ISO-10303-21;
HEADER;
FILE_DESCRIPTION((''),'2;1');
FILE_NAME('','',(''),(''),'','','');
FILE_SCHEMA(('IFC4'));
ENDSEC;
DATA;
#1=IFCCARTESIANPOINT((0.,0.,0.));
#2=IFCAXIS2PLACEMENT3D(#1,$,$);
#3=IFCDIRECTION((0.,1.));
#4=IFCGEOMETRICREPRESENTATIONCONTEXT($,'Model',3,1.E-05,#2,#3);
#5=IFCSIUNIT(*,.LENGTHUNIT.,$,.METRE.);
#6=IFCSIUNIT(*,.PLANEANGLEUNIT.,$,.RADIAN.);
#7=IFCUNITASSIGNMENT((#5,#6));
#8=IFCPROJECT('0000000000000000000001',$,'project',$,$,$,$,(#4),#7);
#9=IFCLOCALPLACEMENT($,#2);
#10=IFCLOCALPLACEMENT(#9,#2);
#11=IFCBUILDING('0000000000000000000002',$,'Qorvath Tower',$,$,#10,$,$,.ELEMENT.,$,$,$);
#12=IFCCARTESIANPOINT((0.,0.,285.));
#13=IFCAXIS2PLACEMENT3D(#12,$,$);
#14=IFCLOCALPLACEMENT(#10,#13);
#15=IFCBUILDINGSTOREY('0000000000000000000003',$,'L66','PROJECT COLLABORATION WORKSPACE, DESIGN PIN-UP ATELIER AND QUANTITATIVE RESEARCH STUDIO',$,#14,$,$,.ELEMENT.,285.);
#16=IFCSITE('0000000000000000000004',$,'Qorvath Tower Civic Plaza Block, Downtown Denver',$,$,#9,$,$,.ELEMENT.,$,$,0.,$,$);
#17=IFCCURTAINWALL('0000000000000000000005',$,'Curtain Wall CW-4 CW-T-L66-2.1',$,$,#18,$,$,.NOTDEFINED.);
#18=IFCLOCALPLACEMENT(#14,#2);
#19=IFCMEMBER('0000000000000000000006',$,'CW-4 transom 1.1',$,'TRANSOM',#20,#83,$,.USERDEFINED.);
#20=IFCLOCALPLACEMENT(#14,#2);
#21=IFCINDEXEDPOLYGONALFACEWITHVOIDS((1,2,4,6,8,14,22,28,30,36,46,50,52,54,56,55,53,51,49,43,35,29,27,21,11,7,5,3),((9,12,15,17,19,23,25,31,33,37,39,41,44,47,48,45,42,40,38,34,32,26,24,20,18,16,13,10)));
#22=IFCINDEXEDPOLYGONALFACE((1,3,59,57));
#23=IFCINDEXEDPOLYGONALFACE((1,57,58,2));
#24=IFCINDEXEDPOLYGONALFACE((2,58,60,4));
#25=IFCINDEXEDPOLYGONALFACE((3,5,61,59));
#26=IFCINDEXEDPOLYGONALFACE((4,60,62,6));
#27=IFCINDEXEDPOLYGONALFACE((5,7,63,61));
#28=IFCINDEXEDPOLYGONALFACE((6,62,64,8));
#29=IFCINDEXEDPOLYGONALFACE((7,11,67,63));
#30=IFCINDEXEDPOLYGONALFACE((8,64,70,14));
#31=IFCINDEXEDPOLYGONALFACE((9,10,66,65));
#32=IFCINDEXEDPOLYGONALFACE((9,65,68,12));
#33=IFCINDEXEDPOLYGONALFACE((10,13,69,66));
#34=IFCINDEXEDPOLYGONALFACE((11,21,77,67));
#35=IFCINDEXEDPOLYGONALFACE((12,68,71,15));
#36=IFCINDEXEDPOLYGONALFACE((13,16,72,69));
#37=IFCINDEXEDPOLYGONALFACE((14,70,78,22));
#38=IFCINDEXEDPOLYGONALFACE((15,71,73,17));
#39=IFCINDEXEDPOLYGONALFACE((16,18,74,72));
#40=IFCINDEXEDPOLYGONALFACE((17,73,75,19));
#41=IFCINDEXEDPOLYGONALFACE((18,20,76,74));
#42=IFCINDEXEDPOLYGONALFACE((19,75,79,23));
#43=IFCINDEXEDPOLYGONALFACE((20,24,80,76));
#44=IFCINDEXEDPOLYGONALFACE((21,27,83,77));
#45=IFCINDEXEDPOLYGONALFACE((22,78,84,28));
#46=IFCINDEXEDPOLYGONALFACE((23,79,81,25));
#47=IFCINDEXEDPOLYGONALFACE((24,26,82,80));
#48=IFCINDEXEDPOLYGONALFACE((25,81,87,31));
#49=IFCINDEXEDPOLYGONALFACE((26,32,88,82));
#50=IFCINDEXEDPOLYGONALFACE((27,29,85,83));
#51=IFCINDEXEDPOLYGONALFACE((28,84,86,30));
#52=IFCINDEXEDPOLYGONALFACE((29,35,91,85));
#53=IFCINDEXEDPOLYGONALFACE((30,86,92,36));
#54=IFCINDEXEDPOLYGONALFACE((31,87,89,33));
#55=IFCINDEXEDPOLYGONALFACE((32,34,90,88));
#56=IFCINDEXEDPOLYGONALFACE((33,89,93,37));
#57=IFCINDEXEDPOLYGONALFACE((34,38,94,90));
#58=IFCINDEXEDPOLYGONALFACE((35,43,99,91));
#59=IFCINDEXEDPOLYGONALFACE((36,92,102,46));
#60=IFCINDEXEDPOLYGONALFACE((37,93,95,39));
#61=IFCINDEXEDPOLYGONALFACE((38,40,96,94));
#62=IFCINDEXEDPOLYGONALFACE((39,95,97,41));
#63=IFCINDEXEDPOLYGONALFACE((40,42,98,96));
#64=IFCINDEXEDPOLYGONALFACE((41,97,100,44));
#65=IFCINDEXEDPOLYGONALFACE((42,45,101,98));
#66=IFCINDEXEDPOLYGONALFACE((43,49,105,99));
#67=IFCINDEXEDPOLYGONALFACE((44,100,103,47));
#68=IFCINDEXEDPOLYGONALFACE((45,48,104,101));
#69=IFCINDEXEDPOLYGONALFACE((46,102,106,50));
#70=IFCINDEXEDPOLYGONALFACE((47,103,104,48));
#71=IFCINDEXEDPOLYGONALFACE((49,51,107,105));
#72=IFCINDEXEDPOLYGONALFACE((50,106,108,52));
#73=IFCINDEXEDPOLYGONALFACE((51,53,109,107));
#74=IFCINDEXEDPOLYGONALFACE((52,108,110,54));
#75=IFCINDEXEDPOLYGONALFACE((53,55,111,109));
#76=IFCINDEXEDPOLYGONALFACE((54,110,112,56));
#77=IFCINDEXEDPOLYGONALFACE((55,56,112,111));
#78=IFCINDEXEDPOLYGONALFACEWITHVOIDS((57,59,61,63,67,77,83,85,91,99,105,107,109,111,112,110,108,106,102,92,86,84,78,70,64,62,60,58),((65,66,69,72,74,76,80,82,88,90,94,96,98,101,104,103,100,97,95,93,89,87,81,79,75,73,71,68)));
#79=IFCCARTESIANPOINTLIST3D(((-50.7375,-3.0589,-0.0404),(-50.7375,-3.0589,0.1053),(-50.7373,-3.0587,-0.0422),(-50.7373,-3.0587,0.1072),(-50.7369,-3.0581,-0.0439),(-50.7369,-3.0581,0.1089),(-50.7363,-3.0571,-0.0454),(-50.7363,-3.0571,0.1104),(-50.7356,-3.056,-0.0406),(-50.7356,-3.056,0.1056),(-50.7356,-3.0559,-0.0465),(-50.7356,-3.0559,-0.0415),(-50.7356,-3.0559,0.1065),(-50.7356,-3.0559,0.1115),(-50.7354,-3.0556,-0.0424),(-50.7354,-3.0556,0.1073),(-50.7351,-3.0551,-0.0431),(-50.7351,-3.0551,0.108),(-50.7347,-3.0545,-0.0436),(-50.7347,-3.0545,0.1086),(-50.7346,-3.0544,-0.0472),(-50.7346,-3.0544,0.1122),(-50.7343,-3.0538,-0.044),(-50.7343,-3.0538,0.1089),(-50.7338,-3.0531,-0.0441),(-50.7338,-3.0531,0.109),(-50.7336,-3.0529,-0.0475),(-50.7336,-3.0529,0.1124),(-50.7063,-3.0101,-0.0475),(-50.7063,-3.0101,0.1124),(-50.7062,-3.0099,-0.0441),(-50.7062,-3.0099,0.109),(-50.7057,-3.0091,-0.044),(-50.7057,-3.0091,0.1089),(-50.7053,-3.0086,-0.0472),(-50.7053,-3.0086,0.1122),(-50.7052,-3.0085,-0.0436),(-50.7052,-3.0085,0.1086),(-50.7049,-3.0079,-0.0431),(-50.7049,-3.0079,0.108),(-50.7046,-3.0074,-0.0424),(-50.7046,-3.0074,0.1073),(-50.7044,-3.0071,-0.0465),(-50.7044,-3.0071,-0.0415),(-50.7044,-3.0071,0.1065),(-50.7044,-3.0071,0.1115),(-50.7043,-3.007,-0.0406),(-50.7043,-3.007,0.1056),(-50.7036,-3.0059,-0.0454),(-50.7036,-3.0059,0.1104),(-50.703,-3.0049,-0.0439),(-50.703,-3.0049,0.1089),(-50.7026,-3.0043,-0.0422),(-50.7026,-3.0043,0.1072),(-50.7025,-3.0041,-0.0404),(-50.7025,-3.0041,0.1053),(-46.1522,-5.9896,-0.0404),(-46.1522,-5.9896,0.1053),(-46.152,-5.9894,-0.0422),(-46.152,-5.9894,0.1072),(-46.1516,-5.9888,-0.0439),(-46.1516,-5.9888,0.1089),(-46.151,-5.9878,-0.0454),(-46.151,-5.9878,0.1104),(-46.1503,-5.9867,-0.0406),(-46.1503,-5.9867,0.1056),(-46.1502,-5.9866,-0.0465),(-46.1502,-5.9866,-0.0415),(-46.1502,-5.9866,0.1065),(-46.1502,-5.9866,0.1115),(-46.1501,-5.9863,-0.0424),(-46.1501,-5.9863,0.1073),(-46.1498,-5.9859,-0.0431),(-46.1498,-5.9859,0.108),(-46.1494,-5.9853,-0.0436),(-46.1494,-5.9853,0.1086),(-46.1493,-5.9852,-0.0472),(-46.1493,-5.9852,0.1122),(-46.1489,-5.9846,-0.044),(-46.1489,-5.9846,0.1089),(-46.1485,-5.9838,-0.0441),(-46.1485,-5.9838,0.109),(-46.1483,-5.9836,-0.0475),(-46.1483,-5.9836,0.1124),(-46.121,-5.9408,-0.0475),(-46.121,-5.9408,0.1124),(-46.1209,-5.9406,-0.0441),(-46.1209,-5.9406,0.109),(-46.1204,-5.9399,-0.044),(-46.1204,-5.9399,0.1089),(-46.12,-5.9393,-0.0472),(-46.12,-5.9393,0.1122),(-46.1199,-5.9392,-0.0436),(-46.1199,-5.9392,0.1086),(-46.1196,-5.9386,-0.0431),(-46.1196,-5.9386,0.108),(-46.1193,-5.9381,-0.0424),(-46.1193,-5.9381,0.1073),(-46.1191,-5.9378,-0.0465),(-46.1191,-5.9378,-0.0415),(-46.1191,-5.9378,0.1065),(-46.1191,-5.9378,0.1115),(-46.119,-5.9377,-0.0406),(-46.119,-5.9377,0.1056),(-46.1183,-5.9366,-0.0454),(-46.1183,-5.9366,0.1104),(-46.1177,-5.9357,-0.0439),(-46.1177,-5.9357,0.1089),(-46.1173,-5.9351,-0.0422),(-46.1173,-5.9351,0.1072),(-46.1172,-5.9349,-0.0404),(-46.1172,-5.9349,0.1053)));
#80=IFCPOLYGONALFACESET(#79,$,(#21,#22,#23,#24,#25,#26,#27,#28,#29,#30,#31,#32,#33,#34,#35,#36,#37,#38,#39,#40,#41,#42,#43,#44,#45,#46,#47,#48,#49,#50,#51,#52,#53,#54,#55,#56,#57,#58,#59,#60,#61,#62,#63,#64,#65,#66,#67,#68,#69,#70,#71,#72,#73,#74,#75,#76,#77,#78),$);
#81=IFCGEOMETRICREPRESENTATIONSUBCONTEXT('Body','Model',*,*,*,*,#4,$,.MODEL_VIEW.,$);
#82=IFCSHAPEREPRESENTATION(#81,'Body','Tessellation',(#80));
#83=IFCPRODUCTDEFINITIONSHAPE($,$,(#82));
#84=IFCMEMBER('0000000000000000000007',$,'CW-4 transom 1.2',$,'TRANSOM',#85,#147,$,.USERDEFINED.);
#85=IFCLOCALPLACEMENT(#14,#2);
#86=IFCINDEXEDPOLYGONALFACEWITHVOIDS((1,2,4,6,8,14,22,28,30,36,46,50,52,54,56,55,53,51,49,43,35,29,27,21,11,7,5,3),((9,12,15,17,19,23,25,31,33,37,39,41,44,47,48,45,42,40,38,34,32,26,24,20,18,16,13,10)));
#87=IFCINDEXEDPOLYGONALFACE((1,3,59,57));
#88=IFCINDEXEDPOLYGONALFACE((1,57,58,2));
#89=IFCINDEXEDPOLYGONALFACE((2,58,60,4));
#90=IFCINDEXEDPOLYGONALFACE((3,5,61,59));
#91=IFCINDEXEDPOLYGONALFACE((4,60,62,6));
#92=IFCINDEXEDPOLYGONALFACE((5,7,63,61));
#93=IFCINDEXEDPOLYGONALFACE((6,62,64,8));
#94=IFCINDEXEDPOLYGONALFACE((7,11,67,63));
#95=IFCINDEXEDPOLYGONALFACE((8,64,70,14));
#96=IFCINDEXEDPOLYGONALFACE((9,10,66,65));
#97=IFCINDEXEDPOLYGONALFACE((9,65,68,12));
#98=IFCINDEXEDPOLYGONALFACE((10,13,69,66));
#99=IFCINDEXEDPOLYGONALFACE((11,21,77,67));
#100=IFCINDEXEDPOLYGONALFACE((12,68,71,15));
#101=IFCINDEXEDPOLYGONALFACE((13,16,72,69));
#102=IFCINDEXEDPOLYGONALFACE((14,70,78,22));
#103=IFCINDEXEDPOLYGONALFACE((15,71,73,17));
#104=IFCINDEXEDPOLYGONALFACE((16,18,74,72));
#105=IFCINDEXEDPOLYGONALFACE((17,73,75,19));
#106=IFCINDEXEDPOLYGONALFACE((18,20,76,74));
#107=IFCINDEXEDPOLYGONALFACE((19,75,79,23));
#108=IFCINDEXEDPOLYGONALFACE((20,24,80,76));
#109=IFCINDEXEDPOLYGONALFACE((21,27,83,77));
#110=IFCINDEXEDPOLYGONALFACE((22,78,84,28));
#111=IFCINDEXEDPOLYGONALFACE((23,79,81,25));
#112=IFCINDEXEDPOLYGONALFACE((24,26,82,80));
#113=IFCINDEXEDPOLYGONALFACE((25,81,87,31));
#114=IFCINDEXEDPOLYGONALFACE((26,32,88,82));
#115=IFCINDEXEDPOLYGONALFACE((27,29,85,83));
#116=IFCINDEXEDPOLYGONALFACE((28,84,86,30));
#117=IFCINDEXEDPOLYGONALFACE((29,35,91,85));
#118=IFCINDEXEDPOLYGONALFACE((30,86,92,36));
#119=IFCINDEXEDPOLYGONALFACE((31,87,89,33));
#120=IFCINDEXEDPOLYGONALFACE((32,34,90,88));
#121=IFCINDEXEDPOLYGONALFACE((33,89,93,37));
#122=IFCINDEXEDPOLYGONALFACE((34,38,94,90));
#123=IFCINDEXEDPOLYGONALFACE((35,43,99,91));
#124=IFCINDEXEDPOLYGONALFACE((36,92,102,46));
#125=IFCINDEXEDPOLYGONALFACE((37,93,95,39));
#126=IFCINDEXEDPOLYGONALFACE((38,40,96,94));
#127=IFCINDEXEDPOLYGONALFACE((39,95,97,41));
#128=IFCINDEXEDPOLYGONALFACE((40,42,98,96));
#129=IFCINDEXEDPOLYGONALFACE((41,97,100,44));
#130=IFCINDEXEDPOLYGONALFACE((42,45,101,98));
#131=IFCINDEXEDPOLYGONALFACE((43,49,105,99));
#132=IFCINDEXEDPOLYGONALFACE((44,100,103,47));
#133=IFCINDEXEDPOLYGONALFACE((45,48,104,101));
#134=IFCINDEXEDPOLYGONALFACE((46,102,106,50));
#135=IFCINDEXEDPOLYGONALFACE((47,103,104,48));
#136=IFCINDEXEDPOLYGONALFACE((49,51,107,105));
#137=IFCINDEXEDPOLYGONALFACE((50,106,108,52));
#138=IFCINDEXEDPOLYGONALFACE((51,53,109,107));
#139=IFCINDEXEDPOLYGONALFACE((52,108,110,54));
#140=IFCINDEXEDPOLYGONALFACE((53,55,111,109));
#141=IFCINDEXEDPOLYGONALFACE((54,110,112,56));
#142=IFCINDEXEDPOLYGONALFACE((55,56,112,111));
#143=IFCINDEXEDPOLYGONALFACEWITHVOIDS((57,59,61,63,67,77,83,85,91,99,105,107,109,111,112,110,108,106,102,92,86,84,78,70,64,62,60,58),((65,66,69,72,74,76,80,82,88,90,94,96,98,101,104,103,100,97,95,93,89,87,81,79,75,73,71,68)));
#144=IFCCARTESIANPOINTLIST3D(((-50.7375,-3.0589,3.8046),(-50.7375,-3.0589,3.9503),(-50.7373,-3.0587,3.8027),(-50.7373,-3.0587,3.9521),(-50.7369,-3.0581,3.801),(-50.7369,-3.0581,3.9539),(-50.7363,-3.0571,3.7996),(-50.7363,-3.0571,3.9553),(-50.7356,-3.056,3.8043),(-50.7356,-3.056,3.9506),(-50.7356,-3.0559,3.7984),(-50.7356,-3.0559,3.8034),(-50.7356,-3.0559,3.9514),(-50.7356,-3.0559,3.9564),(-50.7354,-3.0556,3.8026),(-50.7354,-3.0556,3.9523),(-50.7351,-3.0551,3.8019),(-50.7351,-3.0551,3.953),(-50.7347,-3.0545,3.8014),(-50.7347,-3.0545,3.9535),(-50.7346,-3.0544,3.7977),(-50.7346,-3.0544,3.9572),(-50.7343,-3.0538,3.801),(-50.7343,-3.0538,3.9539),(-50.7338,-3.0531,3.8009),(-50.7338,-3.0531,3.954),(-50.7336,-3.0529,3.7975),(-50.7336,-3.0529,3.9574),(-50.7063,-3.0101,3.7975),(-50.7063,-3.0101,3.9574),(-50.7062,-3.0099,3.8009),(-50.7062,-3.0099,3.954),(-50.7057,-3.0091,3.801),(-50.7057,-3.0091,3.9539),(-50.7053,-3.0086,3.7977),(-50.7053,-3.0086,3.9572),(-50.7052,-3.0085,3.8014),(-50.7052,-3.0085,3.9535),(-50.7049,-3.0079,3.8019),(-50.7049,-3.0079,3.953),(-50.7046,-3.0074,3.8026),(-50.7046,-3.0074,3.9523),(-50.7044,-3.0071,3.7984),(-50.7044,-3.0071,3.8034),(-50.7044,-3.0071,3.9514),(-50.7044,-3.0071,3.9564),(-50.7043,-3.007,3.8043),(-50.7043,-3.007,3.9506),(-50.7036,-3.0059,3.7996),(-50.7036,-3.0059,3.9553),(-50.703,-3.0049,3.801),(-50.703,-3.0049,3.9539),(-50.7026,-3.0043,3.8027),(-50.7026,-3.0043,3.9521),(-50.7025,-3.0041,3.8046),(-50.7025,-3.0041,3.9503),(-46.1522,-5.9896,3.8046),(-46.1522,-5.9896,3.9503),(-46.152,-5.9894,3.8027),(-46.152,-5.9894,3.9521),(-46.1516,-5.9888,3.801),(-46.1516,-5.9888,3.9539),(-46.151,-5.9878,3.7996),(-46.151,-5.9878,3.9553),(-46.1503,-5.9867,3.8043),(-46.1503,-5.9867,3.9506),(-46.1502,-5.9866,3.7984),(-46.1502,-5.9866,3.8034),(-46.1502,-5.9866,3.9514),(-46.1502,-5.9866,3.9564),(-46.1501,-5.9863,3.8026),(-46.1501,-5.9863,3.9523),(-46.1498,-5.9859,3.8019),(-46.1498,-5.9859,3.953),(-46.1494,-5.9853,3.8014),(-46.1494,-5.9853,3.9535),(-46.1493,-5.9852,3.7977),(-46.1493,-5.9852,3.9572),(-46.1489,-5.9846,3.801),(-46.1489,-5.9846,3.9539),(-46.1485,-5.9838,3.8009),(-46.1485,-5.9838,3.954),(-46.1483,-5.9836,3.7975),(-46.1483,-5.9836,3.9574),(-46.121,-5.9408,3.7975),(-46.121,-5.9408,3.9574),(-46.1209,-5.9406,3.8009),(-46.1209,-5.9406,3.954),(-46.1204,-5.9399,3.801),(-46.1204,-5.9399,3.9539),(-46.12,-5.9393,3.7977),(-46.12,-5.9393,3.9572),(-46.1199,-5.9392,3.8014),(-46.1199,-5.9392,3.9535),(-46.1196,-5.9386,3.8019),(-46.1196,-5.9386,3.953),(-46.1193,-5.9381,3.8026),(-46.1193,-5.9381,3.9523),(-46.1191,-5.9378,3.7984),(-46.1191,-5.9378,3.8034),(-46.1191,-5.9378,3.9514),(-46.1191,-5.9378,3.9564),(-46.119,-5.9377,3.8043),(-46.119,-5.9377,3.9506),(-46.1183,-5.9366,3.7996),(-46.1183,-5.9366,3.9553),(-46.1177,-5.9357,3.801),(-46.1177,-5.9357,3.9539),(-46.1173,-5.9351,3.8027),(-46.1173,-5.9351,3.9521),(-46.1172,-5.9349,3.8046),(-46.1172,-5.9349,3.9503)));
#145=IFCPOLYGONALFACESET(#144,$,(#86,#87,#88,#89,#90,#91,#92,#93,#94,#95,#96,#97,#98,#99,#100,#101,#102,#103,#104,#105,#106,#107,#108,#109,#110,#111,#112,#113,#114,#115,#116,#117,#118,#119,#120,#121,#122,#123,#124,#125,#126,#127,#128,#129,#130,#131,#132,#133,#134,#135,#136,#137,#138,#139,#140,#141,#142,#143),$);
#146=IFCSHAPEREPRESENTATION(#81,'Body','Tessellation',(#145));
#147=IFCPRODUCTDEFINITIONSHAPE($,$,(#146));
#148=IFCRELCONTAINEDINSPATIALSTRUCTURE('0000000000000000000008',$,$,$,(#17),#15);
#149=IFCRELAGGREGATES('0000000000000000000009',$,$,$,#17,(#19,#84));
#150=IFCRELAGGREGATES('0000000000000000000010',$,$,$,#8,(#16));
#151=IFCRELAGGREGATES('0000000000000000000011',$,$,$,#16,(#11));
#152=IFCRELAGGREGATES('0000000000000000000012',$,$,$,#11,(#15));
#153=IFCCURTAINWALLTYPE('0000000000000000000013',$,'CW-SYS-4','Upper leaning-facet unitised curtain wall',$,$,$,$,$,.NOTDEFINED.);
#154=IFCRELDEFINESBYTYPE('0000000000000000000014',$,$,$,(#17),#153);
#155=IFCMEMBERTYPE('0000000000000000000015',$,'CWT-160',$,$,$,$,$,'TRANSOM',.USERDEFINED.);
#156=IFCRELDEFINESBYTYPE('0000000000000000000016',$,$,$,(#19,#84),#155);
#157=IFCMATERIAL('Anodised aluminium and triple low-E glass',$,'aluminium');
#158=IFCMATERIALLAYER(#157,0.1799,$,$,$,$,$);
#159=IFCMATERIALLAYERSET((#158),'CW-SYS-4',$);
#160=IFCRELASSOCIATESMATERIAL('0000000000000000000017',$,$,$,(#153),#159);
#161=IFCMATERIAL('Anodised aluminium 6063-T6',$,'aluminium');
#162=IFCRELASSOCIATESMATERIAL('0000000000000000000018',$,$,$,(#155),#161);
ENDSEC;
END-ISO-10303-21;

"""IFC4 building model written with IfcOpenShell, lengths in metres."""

from ifc_helpers import new_model, si_unit, direction, frame, origin, origin_2d, place, context, subcontext, project, spatial, hollow_rectangle, extrude, material, layer, layer_set, material_profile, profile_set, type_object, element, aggregate, save


model = new_model("IFC4")

# Units and contexts
model_context = context("Model", 3, precision=1e-05, world=origin(), true_north=direction((0.0, 1.0)))
body_context = subcontext(model_context, "Body", "Model", "MODEL_VIEW")
ifc_project = project(units=[si_unit("LENGTHUNIT", "METRE"), si_unit("PLANEANGLEUNIT", "RADIAN")], contexts=[model_context])

# Site, building, storey
site_placement = place(None, origin())
site = spatial("IfcSite", under=ifc_project, at=site_placement, Name="Qorvath Tower Civic Plaza Block, Downtown Denver", CompositionType="ELEMENT", RefElevation=0.0)
building_placement = place(site_placement, origin())
building = spatial("IfcBuilding", under=site, at=building_placement, Name="Qorvath Tower", CompositionType="ELEMENT")
storey_placement = place(building_placement, frame((0.0, 0.0, 285.0)))
storey = spatial("IfcBuildingStorey", under=building, at=storey_placement, Name="L66", Description="PROJECT COLLABORATION WORKSPACE, DESIGN PIN-UP ATELIER AND QUANTITATIVE RESEARCH STUDIO", CompositionType="ELEMENT", Elevation=285.0)

# Curtain wall, members
ifc_material_1 = material(Name="Anodised aluminium and triple low-E glass", Category="aluminium")
ifc_layer_1 = layer(ifc_material_1, 0.1799)
ifc_layer_set_1 = layer_set([ifc_layer_1], Name="CW-SYS-4")
curtain_wall_type = type_object("IfcCurtainWallType", Name="CW-SYS-4", Description="Upper leaning-facet unitised curtain wall", PredefinedType="NOTDEFINED", material=ifc_layer_set_1)
curtain_wall_placement = place(storey_placement, origin())
curtain_wall = element("IfcCurtainWall", 1, at=curtain_wall_placement, inside=storey, type_object=curtain_wall_type, Name="Curtain Wall CW-4 CW-T-L66-2.1", PredefinedType="NOTDEFINED")
ifc_material_2 = material(Name="Anodised aluminium 6063-T6", Category="aluminium")
ifc_material_profile_1 = material_profile(ifc_material_2, hollow_rectangle(XDim=0.0649, YDim=0.1599, WallThickness=0.0034, InnerFilletRadius=0.0034, OuterFilletRadius=0.0071, at=origin_2d()), Name="CWT 160x65")
ifc_profile_set_1 = profile_set([ifc_material_profile_1], Name="Anodised aluminium 6063-T6")
member_type_1 = type_object("IfcMemberType", Name="CWT-160", ElementType="TRANSOM", PredefinedType="USERDEFINED", material=ifc_profile_set_1)
member_1_placement = place(storey_placement, frame((-50.72, -3.0315, 0.0325), z_axis=(0.842594, -0.538549, 0.0), x_axis=(0.538549, 0.842594, 0.0)))
member_1 = element("IfcMember", 2, at=member_1_placement, type_object=member_type_1, Name="CW-4 transom 1.1", ObjectType="TRANSOM", PredefinedType="USERDEFINED", context=body_context, shape_type="SweptSolid", body=[
    extrude(hollow_rectangle(XDim=0.0649, YDim=0.1599, WallThickness=0.0034, InnerFilletRadius=0.0034, OuterFilletRadius=0.0071, at=origin_2d()), origin(), (0.0, 0.0, 1.0), 5.4419),
])
member_2_placement = place(storey_placement, frame((-50.72, -3.0315, 3.8774), z_axis=(0.842594, -0.538549, 0.0), x_axis=(0.538549, 0.842594, 0.0)))
member_2 = element("IfcMember", 3, at=member_2_placement, type_object=member_type_1, Name="CW-4 transom 1.2", ObjectType="TRANSOM", PredefinedType="USERDEFINED", context=body_context, shape_type="SweptSolid", body=[
    extrude(hollow_rectangle(XDim=0.0649, YDim=0.1599, WallThickness=0.0034, InnerFilletRadius=0.0034, OuterFilletRadius=0.0071, at=origin_2d()), origin(), (0.0, 0.0, 1.0), 5.4419),
])
aggregate(curtain_wall, [member_1, member_2])

save(model, "model.ifc")
